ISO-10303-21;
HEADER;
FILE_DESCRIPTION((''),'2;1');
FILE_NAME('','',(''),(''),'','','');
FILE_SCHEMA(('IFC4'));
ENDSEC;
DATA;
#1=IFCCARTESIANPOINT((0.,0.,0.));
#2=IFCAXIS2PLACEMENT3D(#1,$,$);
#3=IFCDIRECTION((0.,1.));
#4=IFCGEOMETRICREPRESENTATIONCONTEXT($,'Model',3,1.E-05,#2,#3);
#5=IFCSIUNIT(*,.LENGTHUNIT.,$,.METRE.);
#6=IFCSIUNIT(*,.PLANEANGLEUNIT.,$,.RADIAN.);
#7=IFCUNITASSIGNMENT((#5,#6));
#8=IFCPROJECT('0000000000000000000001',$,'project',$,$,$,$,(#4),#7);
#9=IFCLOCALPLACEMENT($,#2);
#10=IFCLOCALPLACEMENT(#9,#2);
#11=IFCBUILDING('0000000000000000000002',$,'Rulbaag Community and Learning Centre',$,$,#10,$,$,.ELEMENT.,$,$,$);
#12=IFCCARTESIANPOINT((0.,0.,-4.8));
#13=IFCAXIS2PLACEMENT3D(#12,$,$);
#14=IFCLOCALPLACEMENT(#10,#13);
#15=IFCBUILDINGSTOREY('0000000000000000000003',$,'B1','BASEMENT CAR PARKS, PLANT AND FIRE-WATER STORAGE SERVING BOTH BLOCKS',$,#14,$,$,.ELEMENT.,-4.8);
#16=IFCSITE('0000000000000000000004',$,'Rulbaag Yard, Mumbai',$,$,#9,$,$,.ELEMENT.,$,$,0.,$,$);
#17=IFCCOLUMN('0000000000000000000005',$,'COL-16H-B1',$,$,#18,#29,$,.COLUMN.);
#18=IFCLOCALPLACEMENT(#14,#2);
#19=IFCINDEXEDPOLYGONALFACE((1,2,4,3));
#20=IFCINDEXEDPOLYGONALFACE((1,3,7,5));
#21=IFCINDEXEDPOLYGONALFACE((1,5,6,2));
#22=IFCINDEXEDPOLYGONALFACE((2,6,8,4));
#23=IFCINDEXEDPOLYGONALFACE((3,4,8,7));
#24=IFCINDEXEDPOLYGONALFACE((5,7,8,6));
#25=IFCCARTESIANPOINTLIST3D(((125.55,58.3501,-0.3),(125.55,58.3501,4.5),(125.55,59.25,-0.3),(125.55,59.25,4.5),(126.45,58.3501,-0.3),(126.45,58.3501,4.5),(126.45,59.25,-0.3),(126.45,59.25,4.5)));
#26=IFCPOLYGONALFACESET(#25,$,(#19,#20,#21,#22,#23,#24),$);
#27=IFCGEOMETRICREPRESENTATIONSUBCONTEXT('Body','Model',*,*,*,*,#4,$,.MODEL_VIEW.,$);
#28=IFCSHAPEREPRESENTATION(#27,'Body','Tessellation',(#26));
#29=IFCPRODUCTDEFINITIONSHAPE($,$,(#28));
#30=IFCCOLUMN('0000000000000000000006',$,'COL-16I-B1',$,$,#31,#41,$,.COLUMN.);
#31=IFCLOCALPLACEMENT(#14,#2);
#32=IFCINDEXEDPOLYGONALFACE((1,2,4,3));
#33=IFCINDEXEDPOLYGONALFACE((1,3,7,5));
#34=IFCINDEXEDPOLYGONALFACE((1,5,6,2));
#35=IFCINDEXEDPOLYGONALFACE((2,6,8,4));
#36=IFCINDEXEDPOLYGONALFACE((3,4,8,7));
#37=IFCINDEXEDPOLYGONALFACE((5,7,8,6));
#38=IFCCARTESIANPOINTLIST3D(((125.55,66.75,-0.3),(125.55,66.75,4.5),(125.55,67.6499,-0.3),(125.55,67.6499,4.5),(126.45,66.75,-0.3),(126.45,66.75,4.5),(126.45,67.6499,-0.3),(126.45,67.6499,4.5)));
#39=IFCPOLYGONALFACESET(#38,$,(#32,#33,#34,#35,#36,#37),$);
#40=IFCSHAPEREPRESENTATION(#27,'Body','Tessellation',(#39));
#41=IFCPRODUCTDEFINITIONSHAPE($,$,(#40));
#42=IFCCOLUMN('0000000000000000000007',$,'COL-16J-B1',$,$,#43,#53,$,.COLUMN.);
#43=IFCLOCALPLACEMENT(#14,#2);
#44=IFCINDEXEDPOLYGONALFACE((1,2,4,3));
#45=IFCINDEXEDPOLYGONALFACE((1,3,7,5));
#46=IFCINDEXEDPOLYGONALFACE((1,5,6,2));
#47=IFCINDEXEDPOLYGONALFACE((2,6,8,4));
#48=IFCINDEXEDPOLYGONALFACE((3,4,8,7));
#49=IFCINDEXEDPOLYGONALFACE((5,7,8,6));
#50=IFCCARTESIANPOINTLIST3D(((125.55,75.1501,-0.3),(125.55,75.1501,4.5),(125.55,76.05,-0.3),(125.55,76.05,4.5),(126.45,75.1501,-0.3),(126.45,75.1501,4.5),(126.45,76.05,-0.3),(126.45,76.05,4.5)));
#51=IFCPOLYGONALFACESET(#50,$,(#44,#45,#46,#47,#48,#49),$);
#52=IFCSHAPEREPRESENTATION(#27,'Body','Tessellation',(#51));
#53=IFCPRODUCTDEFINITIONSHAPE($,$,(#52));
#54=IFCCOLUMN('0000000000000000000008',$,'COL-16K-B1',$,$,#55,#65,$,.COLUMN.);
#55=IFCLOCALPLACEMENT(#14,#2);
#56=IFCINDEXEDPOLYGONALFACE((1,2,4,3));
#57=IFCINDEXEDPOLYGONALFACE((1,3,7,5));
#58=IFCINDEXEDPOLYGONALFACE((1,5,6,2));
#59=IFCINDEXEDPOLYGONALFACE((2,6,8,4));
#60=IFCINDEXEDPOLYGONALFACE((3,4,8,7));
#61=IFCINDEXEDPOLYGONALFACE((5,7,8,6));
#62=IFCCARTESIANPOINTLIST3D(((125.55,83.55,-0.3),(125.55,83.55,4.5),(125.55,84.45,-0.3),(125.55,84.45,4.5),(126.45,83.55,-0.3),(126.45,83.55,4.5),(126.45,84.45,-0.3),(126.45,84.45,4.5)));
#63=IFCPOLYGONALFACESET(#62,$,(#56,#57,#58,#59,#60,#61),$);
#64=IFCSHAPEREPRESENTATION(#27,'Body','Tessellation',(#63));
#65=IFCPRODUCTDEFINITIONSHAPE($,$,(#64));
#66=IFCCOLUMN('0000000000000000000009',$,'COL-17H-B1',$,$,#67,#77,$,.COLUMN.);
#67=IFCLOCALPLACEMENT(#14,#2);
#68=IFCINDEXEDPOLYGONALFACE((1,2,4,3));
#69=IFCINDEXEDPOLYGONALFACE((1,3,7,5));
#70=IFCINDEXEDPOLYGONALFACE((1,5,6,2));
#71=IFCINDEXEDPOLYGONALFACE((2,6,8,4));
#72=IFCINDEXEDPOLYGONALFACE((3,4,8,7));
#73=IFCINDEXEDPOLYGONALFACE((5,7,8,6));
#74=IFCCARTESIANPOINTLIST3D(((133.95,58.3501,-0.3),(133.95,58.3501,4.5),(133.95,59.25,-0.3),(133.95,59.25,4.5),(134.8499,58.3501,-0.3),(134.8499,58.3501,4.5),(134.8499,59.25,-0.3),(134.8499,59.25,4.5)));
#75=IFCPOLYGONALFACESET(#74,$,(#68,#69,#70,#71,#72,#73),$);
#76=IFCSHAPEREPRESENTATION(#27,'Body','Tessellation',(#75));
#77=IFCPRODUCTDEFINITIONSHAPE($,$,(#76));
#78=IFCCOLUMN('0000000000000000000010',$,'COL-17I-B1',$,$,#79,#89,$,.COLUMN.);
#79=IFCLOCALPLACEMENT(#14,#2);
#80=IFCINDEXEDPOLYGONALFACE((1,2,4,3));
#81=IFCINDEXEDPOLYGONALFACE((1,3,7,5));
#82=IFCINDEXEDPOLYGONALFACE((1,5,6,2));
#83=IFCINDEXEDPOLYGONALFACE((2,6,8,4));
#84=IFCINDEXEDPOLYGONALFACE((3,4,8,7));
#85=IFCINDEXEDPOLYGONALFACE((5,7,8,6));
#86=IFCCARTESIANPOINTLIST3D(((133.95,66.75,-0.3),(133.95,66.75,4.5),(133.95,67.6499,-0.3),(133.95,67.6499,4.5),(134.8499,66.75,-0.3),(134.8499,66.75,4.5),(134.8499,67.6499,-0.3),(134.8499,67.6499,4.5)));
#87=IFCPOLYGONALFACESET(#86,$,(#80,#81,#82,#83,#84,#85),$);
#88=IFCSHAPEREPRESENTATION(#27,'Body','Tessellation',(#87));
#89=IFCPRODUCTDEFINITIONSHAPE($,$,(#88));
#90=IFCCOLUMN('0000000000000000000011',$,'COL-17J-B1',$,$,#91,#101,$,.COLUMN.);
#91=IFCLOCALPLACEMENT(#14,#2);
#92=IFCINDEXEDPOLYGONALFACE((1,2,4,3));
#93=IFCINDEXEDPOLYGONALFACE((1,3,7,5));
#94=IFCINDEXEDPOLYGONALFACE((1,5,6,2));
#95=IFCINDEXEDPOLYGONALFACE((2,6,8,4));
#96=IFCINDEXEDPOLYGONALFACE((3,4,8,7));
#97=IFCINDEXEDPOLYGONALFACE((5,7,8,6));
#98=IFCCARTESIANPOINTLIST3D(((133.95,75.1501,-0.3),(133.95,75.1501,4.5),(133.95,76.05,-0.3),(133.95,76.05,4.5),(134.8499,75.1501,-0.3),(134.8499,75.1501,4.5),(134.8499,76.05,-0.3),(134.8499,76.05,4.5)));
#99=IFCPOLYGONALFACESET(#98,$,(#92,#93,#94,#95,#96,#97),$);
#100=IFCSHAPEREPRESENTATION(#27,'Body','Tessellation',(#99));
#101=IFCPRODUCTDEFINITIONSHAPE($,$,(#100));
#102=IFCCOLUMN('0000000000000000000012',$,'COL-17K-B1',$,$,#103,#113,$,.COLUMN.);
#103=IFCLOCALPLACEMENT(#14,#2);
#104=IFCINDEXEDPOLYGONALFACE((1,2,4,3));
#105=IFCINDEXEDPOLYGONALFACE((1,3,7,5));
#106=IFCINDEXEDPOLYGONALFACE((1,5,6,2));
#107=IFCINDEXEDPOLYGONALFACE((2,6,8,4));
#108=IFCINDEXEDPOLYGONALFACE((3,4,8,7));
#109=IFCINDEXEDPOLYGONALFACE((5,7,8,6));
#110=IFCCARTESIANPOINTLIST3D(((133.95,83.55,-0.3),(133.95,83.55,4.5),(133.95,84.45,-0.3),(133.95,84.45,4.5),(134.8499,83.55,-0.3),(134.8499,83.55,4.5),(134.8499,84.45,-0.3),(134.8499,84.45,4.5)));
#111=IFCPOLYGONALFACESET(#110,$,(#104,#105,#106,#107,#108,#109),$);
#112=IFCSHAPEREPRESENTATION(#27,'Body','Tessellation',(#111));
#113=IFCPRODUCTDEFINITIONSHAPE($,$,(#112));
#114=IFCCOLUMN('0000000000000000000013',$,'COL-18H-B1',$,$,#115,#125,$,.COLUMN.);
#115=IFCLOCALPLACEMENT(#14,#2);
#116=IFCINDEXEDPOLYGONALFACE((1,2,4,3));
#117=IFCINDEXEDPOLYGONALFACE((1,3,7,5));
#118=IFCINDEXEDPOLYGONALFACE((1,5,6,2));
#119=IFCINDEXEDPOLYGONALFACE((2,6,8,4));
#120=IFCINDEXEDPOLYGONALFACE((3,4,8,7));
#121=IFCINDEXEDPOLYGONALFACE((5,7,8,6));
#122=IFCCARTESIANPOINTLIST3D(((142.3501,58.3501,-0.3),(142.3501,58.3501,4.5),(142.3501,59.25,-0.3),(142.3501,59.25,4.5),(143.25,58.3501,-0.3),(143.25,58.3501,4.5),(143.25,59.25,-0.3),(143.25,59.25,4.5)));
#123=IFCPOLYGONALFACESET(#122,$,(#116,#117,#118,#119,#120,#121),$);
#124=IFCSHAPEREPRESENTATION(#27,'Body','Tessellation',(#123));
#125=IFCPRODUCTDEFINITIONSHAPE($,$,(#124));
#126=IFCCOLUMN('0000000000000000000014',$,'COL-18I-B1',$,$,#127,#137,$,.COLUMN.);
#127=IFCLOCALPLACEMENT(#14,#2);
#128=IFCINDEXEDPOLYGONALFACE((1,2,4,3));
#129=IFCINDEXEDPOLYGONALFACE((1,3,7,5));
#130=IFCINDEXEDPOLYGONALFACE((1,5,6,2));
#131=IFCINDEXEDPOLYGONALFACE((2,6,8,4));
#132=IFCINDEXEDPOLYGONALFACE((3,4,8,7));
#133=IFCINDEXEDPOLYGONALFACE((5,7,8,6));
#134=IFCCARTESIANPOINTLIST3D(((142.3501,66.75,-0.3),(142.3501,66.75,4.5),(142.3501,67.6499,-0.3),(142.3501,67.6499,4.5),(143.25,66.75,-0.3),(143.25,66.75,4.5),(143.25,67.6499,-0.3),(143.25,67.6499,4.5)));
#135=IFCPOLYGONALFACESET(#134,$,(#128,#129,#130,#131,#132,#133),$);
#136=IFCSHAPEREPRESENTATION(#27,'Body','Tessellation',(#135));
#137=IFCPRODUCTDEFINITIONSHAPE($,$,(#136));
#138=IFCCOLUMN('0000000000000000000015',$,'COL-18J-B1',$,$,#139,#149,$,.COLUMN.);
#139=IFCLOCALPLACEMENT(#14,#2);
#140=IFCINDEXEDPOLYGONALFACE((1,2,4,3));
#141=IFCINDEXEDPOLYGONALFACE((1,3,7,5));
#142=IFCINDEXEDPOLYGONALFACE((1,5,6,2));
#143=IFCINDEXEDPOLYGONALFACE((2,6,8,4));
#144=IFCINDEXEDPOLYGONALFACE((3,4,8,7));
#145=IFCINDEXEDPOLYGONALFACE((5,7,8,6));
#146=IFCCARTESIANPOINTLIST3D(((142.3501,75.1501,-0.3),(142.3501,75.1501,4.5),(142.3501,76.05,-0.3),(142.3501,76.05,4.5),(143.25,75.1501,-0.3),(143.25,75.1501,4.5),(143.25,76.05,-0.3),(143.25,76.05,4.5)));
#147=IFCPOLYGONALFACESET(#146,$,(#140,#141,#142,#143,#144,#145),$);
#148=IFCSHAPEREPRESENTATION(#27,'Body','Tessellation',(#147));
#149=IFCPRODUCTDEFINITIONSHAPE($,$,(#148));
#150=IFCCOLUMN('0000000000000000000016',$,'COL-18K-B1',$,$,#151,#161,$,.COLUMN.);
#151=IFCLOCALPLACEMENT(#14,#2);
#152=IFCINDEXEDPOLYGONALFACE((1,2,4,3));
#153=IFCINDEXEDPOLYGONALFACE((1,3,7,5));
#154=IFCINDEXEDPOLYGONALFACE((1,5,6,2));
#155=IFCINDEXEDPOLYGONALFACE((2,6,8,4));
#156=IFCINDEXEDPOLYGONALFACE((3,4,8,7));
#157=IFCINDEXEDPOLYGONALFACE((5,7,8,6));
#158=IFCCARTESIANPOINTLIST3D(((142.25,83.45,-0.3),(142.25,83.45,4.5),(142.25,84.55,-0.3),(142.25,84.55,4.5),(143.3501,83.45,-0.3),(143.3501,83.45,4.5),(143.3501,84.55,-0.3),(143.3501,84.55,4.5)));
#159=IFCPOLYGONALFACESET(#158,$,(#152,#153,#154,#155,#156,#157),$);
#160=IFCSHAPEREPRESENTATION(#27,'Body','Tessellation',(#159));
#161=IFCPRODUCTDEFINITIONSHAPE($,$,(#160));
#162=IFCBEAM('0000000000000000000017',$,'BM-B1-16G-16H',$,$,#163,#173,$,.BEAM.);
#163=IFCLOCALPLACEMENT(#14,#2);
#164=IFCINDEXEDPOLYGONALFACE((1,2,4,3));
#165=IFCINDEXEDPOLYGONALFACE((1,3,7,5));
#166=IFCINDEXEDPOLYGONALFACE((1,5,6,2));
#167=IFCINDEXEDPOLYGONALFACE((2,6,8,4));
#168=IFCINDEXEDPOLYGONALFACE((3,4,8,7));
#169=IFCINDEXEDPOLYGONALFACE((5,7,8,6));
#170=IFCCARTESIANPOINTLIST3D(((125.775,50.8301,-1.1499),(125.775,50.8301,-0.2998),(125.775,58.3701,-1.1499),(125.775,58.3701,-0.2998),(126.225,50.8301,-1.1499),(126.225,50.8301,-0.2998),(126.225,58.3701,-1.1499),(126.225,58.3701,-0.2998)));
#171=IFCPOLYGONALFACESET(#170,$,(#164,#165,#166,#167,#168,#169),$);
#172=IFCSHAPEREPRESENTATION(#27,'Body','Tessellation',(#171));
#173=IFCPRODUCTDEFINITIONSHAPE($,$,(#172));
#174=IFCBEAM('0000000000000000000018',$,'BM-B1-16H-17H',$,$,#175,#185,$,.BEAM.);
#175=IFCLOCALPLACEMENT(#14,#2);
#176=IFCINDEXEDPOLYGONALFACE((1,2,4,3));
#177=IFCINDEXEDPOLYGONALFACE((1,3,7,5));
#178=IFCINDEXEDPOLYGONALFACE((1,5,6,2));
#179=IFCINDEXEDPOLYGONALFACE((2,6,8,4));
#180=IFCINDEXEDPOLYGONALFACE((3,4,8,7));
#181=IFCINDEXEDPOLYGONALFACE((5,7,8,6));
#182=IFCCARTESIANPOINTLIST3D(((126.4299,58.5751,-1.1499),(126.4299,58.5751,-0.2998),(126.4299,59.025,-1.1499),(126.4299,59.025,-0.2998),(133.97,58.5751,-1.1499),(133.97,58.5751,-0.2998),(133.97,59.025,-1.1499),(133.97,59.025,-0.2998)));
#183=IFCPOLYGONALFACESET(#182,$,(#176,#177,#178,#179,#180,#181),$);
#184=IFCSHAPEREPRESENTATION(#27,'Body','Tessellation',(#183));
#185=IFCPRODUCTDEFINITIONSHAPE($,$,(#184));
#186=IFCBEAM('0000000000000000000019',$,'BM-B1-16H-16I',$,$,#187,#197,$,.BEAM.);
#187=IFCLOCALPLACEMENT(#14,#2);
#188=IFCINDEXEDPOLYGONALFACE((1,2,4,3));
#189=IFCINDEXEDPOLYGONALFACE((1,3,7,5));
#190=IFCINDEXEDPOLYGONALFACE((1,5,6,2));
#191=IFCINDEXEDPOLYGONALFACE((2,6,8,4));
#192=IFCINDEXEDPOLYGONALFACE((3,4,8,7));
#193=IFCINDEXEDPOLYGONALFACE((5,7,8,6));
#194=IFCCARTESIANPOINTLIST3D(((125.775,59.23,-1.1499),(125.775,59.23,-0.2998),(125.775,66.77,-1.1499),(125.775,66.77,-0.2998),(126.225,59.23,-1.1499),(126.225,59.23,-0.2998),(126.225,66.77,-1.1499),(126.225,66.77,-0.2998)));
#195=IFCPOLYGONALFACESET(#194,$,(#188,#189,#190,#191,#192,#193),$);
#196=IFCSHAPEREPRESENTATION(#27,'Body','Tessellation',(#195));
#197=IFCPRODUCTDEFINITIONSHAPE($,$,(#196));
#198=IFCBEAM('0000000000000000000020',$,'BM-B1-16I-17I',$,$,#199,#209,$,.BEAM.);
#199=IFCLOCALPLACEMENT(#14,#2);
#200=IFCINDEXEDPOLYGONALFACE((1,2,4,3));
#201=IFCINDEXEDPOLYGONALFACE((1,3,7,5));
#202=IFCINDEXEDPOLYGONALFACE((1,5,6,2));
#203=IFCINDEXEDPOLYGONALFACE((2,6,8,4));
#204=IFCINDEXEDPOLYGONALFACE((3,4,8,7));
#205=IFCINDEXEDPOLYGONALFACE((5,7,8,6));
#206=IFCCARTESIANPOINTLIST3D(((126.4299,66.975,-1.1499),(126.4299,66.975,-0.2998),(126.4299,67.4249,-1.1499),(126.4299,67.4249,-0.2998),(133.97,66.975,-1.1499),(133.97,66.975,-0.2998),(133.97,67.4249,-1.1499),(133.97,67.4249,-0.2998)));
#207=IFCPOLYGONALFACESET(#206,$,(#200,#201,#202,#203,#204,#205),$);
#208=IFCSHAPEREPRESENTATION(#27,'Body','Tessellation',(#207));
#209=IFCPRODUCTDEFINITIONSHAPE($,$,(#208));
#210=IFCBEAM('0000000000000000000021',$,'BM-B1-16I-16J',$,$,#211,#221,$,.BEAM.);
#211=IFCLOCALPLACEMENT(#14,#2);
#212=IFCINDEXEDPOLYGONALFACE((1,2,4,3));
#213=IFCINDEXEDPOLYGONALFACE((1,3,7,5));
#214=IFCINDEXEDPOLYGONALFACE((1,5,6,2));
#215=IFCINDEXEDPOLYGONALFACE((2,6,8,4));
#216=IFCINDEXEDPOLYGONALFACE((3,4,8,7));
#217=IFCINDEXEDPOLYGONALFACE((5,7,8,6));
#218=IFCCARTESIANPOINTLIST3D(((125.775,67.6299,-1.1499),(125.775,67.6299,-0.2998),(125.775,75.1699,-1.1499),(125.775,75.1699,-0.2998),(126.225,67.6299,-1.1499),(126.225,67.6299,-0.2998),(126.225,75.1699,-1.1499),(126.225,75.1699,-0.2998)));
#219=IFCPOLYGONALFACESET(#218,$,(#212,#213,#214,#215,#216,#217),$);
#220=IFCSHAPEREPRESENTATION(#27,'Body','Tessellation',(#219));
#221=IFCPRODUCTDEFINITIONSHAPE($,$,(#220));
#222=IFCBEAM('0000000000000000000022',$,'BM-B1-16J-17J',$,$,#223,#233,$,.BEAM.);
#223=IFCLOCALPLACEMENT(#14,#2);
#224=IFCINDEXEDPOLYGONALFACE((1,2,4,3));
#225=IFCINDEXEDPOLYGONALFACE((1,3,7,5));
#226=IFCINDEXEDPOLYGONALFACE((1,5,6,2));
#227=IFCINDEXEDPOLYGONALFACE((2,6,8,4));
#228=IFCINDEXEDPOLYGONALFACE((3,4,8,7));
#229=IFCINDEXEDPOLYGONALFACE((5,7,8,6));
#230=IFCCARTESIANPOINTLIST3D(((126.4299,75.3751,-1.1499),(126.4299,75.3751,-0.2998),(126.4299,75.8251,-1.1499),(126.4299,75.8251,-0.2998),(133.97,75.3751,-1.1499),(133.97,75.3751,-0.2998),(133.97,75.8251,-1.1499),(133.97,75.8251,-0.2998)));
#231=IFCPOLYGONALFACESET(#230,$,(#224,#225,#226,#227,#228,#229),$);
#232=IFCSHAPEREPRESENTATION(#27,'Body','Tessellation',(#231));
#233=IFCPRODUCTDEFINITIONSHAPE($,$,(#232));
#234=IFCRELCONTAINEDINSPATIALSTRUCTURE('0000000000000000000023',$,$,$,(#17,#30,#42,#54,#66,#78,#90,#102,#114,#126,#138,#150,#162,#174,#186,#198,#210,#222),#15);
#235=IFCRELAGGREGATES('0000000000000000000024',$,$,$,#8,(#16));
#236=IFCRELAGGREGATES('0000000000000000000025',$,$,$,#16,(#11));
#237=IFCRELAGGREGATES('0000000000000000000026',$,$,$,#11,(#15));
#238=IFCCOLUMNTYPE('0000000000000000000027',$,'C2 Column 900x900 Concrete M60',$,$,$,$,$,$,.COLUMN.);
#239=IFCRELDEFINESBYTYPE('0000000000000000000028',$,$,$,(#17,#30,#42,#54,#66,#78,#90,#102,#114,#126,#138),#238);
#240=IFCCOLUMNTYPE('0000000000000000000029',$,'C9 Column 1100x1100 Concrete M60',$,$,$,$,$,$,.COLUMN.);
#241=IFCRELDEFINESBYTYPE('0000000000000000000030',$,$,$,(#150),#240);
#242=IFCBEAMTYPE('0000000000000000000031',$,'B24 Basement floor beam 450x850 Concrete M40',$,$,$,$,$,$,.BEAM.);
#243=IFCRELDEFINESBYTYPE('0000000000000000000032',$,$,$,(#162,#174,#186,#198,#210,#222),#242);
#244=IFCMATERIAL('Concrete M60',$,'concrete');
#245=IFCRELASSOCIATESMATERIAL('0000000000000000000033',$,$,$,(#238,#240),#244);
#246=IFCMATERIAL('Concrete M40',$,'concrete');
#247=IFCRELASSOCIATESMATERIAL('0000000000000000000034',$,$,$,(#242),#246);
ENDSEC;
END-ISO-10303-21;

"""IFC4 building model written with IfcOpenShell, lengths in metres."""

from ifc_helpers import new_model, si_unit, direction, frame, origin, origin_2d, place, context, subcontext, project, spatial, rectangle, extrude, material, material_profile, profile_set, type_object, element, save


model = new_model("IFC4")

# Units and contexts
model_context = context("Model", 3, precision=1e-05, world=origin(), true_north=direction((0.0, 1.0)))
body_context = subcontext(model_context, "Body", "Model", "MODEL_VIEW")
ifc_project = project(units=[si_unit("LENGTHUNIT", "METRE"), si_unit("PLANEANGLEUNIT", "RADIAN")], contexts=[model_context])

# Site, building, storey
site_placement = place(None, origin())
site = spatial("IfcSite", under=ifc_project, at=site_placement, Name="Rulbaag Yard, Mumbai", CompositionType="ELEMENT", RefElevation=0.0)
building_placement = place(site_placement, origin())
building = spatial("IfcBuilding", under=site, at=building_placement, Name="Rulbaag Community and Learning Centre", CompositionType="ELEMENT")
storey_placement = place(building_placement, frame((0.0, 0.0, -4.8)))
storey = spatial("IfcBuildingStorey", under=building, at=storey_placement, Name="B1", Description="BASEMENT CAR PARKS, PLANT AND FIRE-WATER STORAGE SERVING BOTH BLOCKS", CompositionType="ELEMENT", Elevation=-4.8)

# Columns
ifc_material_1 = material(Name="Concrete M60", Category="concrete")
ifc_material_profile_1 = material_profile(ifc_material_1, rectangle(XDim=0.8999, YDim=0.8999, at=origin_2d()), Name="RC900x900")
ifc_profile_set_1 = profile_set([ifc_material_profile_1], Name="Concrete M60")
column_type_1 = type_object("IfcColumnType", Name="C2 Column 900x900 Concrete M60", PredefinedType="COLUMN", material=ifc_profile_set_1)
for number, where, z_axis, x_axis, name in (
    (1, (126.0, 58.8, -0.3), (0.0, 0.0, 1.0), (1.0, 0.0, 0.0), "COL-16H-B1"),
    (2, (126.0, 67.2, -0.3), (0.0, 0.0, 1.0), (1.0, 0.0, 0.0), "COL-16I-B1"),
    (3, (126.0, 75.6001, -0.3), (0.0, 0.0, 1.0), (1.0, 0.0, 0.0), "COL-16J-B1"),
    (4, (126.0, 84.0, -0.3), (0.0, 0.0, 1.0), (1.0, 0.0, 0.0), "COL-16K-B1"),
    (5, (134.3999, 58.8, -0.3), (0.0, 0.0, 1.0), (1.0, 0.0, 0.0), "COL-17H-B1"),
    (6, (134.3999, 67.2, -0.3), (0.0, 0.0, 1.0), (1.0, 0.0, 0.0), "COL-17I-B1"),
    (7, (134.3999, 75.6001, -0.3), (0.0, 0.0, 1.0), (1.0, 0.0, 0.0), "COL-17J-B1"),
    (8, (134.3999, 84.0, -0.3), (0.0, 0.0, 1.0), (1.0, 0.0, 0.0), "COL-17K-B1"),
    (9, (142.8, 58.8, -0.3), (0.0, 0.0, 1.0), (1.0, 0.0, 0.0), "COL-18H-B1"),
    (10, (142.8, 67.2, -0.3), (0.0, 0.0, 1.0), (1.0, 0.0, 0.0), "COL-18I-B1"),
    (11, (142.8, 75.6001, -0.3), (0.0, 0.0, 1.0), (1.0, 0.0, 0.0), "COL-18J-B1"),
):
    element("IfcColumn", number, at=place(storey_placement, frame(where, z_axis=z_axis, x_axis=x_axis)), inside=storey, type_object=column_type_1, Name=name, PredefinedType="COLUMN", context=body_context, shape_type="SweptSolid", body=[
        extrude(rectangle(XDim=0.8999, YDim=0.8999, at=origin_2d()), origin(), (0.0, 0.0, 1.0), 4.8),
    ])
ifc_material_profile_2 = material_profile(ifc_material_1, rectangle(XDim=1.1001, YDim=1.1001, at=origin_2d()), Name="RC1100x1100")
ifc_profile_set_2 = profile_set([ifc_material_profile_2], Name="Concrete M60")
column_type_2 = type_object("IfcColumnType", Name="C9 Column 1100x1100 Concrete M60", PredefinedType="COLUMN", material=ifc_profile_set_2)
column_placement = place(storey_placement, frame((142.8, 84.0, -0.3), z_axis=(0.0, 0.0, 1.0), x_axis=(1.0, 0.0, 0.0)))
element("IfcColumn", 12, at=column_placement, inside=storey, type_object=column_type_2, Name="COL-18K-B1", PredefinedType="COLUMN", context=body_context, shape_type="SweptSolid", body=[
    extrude(rectangle(XDim=1.1001, YDim=1.1001, at=origin_2d()), origin(), (0.0, 0.0, 1.0), 4.8),
])

# Beams
ifc_material_2 = material(Name="Concrete M40", Category="concrete")
ifc_material_profile_3 = material_profile(ifc_material_2, rectangle(XDim=0.45, YDim=0.8501, at=origin_2d()), Name="RB450x850")
ifc_profile_set_3 = profile_set([ifc_material_profile_3], Name="Concrete M40")
beam_type = type_object("IfcBeamType", Name="B24 Basement floor beam 450x850 Concrete M40", PredefinedType="BEAM", material=ifc_profile_set_3)
for number, where, z_axis, x_axis, name in (
    (13, (126.0, 50.8301, -0.7249), (0.0, 1.0, 0.0), (-1.0, 0.0, 0.0), "BM-B1-16G-16H"),
    (14, (126.4299, 58.8, -0.7249), (1.0, 0.0, 0.0), (0.0, 1.0, 0.0), "BM-B1-16H-17H"),
    (15, (126.0, 59.23, -0.7249), (0.0, 1.0, 0.0), (-1.0, 0.0, 0.0), "BM-B1-16H-16I"),
    (16, (126.4299, 67.2, -0.7249), (1.0, 0.0, 0.0), (0.0, 1.0, 0.0), "BM-B1-16I-17I"),
    (17, (126.0, 67.6299, -0.7249), (0.0, 1.0, 0.0), (-1.0, 0.0, 0.0), "BM-B1-16I-16J"),
    (18, (126.4299, 75.6001, -0.7249), (1.0, 0.0, 0.0), (0.0, 1.0, 0.0), "BM-B1-16J-17J"),
):
    element("IfcBeam", number, at=place(storey_placement, frame(where, z_axis=z_axis, x_axis=x_axis)), inside=storey, type_object=beam_type, Name=name, PredefinedType="BEAM", context=body_context, shape_type="SweptSolid", body=[
        extrude(rectangle(XDim=0.45, YDim=0.8501, at=origin_2d()), origin(), (0.0, 0.0, 1.0), 7.54),
    ])

save(model, "model.ifc")
